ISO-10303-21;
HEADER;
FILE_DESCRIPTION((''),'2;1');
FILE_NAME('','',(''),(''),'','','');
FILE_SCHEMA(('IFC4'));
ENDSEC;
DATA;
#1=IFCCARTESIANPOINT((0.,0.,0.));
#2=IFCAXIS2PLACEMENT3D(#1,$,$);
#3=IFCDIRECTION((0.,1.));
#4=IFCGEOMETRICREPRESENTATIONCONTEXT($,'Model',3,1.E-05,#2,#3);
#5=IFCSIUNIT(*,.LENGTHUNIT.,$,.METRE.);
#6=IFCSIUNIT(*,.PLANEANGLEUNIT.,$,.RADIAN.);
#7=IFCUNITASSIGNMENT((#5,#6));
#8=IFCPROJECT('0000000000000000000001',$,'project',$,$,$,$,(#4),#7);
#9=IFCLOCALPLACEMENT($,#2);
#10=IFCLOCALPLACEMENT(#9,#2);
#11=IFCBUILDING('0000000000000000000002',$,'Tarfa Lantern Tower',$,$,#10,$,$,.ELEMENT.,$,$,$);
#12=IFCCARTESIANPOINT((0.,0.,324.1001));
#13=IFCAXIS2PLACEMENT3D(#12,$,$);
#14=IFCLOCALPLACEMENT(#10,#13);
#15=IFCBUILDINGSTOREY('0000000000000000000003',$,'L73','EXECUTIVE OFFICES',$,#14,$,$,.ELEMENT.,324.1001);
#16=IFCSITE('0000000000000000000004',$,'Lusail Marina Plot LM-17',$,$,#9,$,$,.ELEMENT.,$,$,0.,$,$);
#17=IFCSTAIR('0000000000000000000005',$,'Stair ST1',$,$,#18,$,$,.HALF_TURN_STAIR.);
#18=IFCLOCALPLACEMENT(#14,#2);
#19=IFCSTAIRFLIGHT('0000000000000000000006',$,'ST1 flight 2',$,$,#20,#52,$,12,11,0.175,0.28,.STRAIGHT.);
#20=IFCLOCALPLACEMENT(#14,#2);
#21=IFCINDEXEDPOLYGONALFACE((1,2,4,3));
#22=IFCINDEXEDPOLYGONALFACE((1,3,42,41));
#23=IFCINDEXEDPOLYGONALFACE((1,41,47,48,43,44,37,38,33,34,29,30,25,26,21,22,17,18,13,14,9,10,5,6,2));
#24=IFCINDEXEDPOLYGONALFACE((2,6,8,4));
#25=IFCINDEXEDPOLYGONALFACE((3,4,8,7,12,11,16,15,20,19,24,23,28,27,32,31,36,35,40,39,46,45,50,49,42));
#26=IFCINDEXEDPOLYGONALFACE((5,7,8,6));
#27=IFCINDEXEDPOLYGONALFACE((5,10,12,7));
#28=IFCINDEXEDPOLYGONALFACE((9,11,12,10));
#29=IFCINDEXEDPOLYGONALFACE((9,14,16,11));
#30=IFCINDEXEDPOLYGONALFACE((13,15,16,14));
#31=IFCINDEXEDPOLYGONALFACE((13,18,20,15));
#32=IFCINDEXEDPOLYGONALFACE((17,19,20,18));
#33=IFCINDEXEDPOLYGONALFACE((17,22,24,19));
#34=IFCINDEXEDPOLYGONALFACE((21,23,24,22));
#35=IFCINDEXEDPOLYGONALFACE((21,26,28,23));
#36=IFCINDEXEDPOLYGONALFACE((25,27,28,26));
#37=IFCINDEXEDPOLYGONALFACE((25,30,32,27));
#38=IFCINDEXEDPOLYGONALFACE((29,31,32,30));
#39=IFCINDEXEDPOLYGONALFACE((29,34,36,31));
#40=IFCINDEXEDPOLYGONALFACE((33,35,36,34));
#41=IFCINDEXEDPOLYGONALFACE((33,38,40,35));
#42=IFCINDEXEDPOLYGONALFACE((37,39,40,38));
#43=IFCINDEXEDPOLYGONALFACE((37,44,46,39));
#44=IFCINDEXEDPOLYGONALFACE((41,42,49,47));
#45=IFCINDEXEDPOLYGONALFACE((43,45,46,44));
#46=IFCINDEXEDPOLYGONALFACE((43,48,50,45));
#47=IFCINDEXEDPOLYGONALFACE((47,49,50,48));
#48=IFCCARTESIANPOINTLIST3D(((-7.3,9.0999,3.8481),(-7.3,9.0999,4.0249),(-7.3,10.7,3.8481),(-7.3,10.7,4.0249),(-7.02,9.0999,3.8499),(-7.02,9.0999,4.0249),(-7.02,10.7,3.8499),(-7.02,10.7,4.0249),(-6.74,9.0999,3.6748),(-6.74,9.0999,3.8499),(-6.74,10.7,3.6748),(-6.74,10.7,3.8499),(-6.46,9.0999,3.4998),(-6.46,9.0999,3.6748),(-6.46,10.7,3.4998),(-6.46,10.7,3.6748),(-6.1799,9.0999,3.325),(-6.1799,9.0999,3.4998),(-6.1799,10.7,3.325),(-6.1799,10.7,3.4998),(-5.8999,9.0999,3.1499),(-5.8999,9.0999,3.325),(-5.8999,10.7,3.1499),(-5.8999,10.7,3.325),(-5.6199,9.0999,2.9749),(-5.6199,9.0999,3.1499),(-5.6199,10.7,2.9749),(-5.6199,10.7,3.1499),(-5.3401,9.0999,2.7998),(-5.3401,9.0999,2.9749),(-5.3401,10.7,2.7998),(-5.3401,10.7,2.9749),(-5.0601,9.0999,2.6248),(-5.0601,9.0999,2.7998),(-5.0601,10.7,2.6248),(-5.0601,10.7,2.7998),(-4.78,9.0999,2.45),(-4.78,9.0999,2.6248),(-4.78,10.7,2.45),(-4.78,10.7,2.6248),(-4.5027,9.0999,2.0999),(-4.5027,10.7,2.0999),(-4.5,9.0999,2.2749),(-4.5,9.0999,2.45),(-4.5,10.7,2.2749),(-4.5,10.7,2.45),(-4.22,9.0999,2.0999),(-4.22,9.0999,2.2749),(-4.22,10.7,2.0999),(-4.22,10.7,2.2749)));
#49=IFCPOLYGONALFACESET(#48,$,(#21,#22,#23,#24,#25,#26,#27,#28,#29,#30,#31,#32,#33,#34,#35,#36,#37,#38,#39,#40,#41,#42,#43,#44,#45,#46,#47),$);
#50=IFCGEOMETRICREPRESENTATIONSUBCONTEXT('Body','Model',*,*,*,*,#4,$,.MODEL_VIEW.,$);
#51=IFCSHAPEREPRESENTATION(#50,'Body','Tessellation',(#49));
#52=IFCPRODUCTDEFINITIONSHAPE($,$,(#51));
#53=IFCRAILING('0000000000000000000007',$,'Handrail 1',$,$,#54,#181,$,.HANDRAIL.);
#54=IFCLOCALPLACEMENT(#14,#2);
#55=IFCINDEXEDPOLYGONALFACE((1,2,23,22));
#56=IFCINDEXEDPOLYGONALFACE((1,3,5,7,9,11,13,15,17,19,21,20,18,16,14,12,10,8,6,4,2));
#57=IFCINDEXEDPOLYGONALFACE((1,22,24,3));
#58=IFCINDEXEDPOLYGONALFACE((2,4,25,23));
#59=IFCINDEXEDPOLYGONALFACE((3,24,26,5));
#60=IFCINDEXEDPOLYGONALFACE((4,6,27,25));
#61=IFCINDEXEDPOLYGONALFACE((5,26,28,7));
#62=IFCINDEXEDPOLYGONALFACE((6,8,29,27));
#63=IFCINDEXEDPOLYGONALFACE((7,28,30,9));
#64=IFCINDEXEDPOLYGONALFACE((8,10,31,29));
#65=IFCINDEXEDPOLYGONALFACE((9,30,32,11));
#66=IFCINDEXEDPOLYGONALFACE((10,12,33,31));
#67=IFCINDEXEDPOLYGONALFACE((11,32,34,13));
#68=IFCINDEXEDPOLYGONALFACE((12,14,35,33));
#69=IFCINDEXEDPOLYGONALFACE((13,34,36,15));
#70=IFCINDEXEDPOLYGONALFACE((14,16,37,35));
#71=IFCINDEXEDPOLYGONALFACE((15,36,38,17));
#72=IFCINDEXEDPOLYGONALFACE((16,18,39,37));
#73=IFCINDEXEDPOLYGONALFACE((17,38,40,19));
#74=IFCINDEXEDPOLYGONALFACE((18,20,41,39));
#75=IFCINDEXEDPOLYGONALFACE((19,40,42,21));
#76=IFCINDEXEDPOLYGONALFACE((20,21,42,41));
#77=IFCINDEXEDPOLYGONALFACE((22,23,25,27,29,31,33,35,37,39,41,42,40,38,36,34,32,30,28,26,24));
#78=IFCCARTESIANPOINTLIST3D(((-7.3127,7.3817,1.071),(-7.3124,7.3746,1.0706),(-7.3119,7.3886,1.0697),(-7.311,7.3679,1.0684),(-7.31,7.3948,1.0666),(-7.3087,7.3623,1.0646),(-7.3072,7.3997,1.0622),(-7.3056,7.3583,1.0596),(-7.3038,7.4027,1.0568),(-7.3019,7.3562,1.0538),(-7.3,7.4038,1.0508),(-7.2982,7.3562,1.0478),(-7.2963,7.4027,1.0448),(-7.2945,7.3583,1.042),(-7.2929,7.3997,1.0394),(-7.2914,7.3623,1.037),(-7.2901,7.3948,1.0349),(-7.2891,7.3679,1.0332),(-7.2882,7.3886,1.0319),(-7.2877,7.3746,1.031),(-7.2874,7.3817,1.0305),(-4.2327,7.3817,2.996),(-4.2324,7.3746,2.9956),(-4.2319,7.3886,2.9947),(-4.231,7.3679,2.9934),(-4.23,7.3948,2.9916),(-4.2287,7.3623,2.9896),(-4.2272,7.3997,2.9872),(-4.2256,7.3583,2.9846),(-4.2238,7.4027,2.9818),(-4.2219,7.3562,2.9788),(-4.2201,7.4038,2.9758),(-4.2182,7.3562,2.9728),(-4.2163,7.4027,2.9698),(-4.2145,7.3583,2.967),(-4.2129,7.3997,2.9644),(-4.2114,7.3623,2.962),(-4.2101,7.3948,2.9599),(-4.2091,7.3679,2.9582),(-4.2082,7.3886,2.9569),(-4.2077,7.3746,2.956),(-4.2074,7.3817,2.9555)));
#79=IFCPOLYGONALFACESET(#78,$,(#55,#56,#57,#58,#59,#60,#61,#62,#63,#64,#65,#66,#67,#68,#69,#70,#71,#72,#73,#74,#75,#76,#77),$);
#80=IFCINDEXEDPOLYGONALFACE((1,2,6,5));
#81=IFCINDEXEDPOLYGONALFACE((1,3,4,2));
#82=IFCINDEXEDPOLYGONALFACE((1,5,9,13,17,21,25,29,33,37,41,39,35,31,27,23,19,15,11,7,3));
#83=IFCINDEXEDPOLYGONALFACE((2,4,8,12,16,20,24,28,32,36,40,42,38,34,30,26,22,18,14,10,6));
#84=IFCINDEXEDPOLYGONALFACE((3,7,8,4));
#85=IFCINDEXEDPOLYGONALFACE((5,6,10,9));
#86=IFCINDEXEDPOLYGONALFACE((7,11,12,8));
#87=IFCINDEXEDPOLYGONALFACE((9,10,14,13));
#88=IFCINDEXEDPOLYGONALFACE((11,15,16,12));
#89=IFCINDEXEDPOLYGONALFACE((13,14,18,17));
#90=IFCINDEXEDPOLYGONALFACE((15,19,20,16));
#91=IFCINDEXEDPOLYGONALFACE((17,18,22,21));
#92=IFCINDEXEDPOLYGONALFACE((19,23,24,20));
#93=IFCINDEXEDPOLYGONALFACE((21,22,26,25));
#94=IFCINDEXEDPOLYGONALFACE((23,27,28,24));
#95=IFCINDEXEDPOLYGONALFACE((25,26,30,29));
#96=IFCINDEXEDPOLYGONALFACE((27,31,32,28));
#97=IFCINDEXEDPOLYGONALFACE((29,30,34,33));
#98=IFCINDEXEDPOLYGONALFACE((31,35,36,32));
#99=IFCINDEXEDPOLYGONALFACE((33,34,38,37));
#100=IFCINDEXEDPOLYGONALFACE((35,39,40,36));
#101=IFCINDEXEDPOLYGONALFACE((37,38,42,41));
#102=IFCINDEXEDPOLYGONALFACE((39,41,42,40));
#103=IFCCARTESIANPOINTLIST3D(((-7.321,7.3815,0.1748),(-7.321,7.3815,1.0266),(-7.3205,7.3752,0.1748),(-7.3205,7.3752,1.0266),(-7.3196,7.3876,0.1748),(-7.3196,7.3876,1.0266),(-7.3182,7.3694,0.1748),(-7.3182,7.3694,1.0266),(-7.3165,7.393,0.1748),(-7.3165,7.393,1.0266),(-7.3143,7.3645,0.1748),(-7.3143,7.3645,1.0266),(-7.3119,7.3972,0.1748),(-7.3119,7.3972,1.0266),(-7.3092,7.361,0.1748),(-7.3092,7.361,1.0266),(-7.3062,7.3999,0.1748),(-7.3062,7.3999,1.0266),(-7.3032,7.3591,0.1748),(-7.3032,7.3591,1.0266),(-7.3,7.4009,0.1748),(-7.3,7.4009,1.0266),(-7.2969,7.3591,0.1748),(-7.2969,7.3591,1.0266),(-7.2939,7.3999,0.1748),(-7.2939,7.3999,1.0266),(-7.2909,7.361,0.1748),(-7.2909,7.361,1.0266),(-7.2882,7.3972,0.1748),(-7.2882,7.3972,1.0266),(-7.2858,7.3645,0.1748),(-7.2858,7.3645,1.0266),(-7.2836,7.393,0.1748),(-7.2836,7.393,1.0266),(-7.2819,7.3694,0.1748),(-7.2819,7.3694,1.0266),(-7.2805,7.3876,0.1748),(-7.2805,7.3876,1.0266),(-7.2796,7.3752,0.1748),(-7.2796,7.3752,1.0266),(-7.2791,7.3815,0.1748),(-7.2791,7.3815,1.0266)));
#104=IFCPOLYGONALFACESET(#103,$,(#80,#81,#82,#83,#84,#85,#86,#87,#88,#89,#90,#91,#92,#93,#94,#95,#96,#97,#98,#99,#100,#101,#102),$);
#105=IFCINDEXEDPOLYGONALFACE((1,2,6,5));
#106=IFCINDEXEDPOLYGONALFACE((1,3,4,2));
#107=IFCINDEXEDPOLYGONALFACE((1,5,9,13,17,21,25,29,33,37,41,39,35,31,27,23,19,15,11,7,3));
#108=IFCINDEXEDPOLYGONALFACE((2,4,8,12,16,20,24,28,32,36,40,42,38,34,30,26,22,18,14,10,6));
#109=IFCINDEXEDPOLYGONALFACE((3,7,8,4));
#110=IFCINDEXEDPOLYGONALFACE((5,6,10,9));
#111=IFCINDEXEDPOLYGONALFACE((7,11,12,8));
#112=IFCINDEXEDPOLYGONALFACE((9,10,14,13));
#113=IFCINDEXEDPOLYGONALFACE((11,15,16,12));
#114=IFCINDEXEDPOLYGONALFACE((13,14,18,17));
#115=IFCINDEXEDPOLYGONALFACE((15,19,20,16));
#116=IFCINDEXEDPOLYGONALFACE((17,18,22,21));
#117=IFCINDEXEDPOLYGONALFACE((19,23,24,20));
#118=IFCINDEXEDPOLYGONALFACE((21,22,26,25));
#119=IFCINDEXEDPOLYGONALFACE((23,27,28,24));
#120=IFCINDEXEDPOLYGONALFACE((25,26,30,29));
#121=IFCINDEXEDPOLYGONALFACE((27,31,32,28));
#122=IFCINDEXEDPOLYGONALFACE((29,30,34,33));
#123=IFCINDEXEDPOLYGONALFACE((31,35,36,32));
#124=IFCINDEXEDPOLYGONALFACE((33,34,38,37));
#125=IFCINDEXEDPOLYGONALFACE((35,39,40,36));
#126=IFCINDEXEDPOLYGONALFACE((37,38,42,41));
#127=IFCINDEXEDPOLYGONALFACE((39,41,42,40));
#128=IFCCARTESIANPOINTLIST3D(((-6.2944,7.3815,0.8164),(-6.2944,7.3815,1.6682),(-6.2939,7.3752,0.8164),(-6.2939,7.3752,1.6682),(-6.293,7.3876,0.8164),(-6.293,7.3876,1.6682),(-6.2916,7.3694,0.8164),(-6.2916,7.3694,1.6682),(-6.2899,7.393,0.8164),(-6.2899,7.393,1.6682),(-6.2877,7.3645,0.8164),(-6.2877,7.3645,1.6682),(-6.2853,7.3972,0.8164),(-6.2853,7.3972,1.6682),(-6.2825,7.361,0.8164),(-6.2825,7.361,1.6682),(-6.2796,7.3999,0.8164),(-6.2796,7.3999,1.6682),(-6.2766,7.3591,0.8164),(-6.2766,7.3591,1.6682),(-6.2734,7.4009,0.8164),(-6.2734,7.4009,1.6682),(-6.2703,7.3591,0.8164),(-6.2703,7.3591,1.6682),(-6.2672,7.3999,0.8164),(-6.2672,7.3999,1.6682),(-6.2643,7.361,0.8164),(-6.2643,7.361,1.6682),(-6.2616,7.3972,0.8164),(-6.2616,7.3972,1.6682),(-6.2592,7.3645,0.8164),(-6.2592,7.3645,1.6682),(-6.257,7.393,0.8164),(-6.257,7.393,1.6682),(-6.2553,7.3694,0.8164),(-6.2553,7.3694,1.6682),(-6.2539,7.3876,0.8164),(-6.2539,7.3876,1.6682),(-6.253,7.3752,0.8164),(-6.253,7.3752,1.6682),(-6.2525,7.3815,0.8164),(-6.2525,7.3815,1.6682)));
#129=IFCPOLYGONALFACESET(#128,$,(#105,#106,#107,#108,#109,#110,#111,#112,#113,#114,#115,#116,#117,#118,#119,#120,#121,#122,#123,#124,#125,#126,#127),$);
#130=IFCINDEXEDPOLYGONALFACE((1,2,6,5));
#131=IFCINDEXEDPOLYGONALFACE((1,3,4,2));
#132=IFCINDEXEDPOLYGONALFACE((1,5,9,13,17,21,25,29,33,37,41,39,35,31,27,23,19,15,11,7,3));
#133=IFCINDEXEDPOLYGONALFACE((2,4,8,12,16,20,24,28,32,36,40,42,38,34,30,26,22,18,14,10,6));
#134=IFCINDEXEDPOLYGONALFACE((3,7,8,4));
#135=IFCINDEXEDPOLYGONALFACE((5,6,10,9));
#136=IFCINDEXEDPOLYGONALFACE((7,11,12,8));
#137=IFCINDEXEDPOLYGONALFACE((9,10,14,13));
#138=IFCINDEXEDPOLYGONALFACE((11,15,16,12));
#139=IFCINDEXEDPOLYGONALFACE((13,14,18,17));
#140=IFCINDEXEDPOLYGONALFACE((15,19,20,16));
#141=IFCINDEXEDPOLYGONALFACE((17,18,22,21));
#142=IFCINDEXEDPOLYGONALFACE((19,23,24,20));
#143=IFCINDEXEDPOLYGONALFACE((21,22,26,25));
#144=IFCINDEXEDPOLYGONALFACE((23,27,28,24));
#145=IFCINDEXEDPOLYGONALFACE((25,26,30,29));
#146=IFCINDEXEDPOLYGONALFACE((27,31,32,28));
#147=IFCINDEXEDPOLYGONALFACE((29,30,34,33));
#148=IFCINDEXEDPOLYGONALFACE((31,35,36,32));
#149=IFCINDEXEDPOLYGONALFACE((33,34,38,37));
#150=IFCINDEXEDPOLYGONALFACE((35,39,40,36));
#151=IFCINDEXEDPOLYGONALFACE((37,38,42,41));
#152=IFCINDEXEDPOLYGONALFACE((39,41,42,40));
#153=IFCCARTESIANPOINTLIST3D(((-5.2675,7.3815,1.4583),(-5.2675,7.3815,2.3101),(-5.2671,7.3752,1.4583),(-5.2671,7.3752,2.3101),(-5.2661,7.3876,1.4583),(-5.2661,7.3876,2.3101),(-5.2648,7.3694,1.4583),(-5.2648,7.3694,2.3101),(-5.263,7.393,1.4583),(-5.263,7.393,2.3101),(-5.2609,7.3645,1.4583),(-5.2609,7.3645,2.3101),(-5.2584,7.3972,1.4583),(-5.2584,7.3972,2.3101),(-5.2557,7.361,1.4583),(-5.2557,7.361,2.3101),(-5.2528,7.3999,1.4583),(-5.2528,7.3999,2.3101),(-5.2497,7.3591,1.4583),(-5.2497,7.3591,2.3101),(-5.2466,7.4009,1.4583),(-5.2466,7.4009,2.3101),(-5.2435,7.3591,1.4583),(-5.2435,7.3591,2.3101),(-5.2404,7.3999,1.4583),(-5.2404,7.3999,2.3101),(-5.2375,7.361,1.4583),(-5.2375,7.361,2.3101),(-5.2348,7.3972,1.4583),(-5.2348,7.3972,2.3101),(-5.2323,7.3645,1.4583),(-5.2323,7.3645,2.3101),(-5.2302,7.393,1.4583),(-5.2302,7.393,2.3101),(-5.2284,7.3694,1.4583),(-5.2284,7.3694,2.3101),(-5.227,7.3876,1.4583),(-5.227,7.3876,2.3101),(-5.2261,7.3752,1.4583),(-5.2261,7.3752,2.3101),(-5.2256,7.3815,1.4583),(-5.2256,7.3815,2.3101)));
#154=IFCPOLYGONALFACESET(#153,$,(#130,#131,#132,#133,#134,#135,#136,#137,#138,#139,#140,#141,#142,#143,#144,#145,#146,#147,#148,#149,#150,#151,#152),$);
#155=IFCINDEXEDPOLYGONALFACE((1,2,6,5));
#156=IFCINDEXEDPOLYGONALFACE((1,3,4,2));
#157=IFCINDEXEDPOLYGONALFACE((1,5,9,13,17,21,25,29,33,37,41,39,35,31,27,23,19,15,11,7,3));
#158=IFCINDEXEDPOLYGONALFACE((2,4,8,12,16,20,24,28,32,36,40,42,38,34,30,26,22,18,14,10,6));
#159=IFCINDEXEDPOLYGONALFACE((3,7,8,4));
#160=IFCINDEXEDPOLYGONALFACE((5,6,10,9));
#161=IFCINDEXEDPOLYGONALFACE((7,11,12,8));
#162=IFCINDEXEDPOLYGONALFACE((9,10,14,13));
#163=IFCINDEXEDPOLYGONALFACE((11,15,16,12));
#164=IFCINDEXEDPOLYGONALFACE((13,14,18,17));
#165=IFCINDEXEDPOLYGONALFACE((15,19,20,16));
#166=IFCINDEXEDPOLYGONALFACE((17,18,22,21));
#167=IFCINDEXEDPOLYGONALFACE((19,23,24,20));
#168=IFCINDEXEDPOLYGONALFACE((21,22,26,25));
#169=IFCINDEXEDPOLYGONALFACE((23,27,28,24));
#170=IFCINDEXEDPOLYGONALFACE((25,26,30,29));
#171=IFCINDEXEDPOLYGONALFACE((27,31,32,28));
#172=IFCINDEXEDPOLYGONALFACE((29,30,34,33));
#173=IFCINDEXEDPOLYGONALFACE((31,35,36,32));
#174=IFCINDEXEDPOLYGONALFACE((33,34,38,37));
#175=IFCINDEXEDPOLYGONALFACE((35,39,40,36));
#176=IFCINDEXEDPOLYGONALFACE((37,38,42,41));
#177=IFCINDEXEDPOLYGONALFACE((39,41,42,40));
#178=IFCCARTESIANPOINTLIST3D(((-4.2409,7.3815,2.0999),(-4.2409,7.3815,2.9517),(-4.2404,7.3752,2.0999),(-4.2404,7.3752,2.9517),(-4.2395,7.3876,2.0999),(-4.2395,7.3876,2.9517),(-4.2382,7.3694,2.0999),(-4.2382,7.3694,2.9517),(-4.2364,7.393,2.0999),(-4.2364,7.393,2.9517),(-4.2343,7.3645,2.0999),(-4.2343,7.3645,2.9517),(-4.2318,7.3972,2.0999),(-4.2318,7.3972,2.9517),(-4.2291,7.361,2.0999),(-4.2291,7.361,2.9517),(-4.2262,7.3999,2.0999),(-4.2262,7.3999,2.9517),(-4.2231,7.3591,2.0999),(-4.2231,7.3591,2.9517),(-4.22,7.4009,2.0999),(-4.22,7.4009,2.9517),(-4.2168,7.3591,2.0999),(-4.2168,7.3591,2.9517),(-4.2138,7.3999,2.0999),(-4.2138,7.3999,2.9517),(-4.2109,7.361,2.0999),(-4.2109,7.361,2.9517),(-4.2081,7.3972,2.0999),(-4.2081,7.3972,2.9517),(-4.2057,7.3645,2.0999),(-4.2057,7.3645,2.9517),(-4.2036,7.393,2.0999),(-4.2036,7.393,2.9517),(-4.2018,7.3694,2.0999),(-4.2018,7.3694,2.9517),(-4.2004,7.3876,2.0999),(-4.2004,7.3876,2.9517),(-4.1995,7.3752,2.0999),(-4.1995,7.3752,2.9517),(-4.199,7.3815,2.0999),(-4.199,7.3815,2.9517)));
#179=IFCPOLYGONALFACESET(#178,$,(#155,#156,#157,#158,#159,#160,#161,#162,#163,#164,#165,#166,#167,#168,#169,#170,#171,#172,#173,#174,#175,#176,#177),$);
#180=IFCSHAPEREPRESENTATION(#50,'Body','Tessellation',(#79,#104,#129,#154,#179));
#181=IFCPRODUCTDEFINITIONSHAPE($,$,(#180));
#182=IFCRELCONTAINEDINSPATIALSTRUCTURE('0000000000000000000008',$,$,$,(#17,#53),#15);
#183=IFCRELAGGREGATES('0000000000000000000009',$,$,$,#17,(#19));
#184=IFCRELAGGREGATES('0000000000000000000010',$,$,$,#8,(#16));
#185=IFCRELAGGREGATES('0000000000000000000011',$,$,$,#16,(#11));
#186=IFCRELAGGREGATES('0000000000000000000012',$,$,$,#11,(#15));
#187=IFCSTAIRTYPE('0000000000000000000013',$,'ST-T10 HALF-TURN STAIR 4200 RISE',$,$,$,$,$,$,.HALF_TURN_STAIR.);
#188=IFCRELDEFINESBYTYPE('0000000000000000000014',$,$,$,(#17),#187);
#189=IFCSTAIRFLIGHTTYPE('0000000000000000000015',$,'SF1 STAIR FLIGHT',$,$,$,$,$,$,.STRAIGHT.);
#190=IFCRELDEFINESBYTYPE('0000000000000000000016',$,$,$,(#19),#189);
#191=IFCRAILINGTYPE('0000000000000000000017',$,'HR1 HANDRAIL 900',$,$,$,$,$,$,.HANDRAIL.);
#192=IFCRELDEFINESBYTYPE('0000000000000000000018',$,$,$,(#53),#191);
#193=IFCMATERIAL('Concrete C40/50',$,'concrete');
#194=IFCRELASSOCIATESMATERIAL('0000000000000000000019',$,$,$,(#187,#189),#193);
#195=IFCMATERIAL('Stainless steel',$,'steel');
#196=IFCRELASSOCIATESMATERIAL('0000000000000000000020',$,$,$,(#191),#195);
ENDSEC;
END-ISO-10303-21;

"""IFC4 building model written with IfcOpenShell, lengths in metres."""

from ifc_helpers import new_model, si_unit, direction, frame, origin, origin_2d, place, context, subcontext, project, spatial, polyline, circle, outline, extrude, material, type_object, element, aggregate, save


model = new_model("IFC4")

# Units and contexts
model_context = context("Model", 3, precision=1e-05, world=origin(), true_north=direction((0.0, 1.0)))
body_context = subcontext(model_context, "Body", "Model", "MODEL_VIEW")
ifc_project = project(units=[si_unit("LENGTHUNIT", "METRE"), si_unit("PLANEANGLEUNIT", "RADIAN")], contexts=[model_context])

# Site, building, storey
site_placement = place(None, origin())
site = spatial("IfcSite", under=ifc_project, at=site_placement, Name="Lusail Marina Plot LM-17", CompositionType="ELEMENT", RefElevation=0.0)
building_placement = place(site_placement, origin())
building = spatial("IfcBuilding", under=site, at=building_placement, Name="Tarfa Lantern Tower", CompositionType="ELEMENT")
storey_placement = place(building_placement, frame((0.0, 0.0, 324.1001)))
storey = spatial("IfcBuildingStorey", under=building, at=storey_placement, Name="L73", Description="EXECUTIVE OFFICES", CompositionType="ELEMENT", Elevation=324.1001)

# Stair, stair flight
ifc_material_1 = material(Name="Concrete C40/50", Category="concrete")
stair_type = type_object("IfcStairType", Name="ST-T10 HALF-TURN STAIR 4200 RISE", PredefinedType="HALF_TURN_STAIR", material=ifc_material_1)
stair_placement = place(storey_placement, origin())
stair = element("IfcStair", 1, at=stair_placement, inside=storey, type_object=stair_type, Name="Stair ST1", PredefinedType="HALF_TURN_STAIR")
stair_flight_type = type_object("IfcStairFlightType", Name="SF1 STAIR FLIGHT", PredefinedType="STRAIGHT", material=ifc_material_1)
stair_flight_1_placement = place(storey_placement, frame((-4.22, 9.8999, 2.0999), z_axis=(0.0, 0.0, 1.0), x_axis=(-1.0, 0.0, 0.0)))
stair_flight_1 = element("IfcStairFlight", 2, at=stair_flight_1_placement, type_object=stair_flight_type, Name="ST1 flight 2", NumberOfRisers=12, NumberOfTreads=11, PredefinedType="STRAIGHT", RiserHeight=0.175, TreadLength=0.28, context=body_context, shape_type="SweptSolid", body=[
    extrude(outline(polyline([(0.0, 0.0), (0.0, 0.175), (0.28, 0.175), (0.28, 0.3501), (0.5601, 0.3501), (0.5601, 0.5249), (0.8401, 0.5249), (0.8401, 0.7), (1.1201, 0.7), (1.1201, 0.875), (1.3999, 0.875), (1.3999, 1.05), (1.6799, 1.05), (1.6799, 1.2251), (1.96, 1.2251), (1.96, 1.3999), (2.24, 1.3999), (2.24, 1.575), (2.52, 1.575), (2.52, 1.75), (2.8, 1.75), (2.8, 1.925), (3.0801, 1.925), (3.0801, 2.1001), (3.0801, 1.7483), (0.2827, 0.0), (0.0, 0.0)])), frame((0.0, 0.8, 0.0), z_axis=(0.0, -1.0, 0.0), x_axis=(1.0, 0.0, 0.0)), (0.0, 0.0, 1.0), 1.6001),
])
aggregate(stair, [stair_flight_1])

# Railing
ifc_material_2 = material(Name="Stainless steel", Category="steel")
railing_type = type_object("IfcRailingType", Name="HR1 HANDRAIL 900", PredefinedType="HANDRAIL", material=ifc_material_2)
railing_1_placement = place(storey_placement, frame((-7.3, 7.3799, 0.1748)))
element("IfcRailing", 3, at=railing_1_placement, inside=storey, type_object=railing_type, Name="Handrail 1", PredefinedType="HANDRAIL", context=body_context, shape_type="SweptSolid", body=[
    extrude(circle(Radius=0.0239, at=origin_2d()), frame((0.0, 0.0, 0.876), z_axis=(0.847998, 0.0, 0.529999), x_axis=(0.0, 1.0, 0.0)), (0.0, 0.0, 1.0), 3.6321),
    extrude(circle(Radius=0.021, at=origin_2d()), frame((0.0, 0.0, 0.0), z_axis=(0.0, 0.0, 1.0), x_axis=(0.0, 1.0, 0.0)), (0.0, 0.0, 1.0), 0.8518),
    extrude(circle(Radius=0.021, at=origin_2d()), frame((1.0266, 0.0, 0.6416), z_axis=(0.0, 0.0, 1.0), x_axis=(0.0, 1.0, 0.0)), (0.0, 0.0, 1.0), 0.8518),
    extrude(circle(Radius=0.021, at=origin_2d()), frame((2.0535, 0.0, 1.2834), z_axis=(0.0, 0.0, 1.0), x_axis=(0.0, 1.0, 0.0)), (0.0, 0.0, 1.0), 0.8518),
    extrude(circle(Radius=0.021, at=origin_2d()), frame((3.0801, 0.0, 1.925), z_axis=(0.0, 0.0, 1.0), x_axis=(0.0, 1.0, 0.0)), (0.0, 0.0, 1.0), 0.8518),
])

save(model, "model.ifc")
